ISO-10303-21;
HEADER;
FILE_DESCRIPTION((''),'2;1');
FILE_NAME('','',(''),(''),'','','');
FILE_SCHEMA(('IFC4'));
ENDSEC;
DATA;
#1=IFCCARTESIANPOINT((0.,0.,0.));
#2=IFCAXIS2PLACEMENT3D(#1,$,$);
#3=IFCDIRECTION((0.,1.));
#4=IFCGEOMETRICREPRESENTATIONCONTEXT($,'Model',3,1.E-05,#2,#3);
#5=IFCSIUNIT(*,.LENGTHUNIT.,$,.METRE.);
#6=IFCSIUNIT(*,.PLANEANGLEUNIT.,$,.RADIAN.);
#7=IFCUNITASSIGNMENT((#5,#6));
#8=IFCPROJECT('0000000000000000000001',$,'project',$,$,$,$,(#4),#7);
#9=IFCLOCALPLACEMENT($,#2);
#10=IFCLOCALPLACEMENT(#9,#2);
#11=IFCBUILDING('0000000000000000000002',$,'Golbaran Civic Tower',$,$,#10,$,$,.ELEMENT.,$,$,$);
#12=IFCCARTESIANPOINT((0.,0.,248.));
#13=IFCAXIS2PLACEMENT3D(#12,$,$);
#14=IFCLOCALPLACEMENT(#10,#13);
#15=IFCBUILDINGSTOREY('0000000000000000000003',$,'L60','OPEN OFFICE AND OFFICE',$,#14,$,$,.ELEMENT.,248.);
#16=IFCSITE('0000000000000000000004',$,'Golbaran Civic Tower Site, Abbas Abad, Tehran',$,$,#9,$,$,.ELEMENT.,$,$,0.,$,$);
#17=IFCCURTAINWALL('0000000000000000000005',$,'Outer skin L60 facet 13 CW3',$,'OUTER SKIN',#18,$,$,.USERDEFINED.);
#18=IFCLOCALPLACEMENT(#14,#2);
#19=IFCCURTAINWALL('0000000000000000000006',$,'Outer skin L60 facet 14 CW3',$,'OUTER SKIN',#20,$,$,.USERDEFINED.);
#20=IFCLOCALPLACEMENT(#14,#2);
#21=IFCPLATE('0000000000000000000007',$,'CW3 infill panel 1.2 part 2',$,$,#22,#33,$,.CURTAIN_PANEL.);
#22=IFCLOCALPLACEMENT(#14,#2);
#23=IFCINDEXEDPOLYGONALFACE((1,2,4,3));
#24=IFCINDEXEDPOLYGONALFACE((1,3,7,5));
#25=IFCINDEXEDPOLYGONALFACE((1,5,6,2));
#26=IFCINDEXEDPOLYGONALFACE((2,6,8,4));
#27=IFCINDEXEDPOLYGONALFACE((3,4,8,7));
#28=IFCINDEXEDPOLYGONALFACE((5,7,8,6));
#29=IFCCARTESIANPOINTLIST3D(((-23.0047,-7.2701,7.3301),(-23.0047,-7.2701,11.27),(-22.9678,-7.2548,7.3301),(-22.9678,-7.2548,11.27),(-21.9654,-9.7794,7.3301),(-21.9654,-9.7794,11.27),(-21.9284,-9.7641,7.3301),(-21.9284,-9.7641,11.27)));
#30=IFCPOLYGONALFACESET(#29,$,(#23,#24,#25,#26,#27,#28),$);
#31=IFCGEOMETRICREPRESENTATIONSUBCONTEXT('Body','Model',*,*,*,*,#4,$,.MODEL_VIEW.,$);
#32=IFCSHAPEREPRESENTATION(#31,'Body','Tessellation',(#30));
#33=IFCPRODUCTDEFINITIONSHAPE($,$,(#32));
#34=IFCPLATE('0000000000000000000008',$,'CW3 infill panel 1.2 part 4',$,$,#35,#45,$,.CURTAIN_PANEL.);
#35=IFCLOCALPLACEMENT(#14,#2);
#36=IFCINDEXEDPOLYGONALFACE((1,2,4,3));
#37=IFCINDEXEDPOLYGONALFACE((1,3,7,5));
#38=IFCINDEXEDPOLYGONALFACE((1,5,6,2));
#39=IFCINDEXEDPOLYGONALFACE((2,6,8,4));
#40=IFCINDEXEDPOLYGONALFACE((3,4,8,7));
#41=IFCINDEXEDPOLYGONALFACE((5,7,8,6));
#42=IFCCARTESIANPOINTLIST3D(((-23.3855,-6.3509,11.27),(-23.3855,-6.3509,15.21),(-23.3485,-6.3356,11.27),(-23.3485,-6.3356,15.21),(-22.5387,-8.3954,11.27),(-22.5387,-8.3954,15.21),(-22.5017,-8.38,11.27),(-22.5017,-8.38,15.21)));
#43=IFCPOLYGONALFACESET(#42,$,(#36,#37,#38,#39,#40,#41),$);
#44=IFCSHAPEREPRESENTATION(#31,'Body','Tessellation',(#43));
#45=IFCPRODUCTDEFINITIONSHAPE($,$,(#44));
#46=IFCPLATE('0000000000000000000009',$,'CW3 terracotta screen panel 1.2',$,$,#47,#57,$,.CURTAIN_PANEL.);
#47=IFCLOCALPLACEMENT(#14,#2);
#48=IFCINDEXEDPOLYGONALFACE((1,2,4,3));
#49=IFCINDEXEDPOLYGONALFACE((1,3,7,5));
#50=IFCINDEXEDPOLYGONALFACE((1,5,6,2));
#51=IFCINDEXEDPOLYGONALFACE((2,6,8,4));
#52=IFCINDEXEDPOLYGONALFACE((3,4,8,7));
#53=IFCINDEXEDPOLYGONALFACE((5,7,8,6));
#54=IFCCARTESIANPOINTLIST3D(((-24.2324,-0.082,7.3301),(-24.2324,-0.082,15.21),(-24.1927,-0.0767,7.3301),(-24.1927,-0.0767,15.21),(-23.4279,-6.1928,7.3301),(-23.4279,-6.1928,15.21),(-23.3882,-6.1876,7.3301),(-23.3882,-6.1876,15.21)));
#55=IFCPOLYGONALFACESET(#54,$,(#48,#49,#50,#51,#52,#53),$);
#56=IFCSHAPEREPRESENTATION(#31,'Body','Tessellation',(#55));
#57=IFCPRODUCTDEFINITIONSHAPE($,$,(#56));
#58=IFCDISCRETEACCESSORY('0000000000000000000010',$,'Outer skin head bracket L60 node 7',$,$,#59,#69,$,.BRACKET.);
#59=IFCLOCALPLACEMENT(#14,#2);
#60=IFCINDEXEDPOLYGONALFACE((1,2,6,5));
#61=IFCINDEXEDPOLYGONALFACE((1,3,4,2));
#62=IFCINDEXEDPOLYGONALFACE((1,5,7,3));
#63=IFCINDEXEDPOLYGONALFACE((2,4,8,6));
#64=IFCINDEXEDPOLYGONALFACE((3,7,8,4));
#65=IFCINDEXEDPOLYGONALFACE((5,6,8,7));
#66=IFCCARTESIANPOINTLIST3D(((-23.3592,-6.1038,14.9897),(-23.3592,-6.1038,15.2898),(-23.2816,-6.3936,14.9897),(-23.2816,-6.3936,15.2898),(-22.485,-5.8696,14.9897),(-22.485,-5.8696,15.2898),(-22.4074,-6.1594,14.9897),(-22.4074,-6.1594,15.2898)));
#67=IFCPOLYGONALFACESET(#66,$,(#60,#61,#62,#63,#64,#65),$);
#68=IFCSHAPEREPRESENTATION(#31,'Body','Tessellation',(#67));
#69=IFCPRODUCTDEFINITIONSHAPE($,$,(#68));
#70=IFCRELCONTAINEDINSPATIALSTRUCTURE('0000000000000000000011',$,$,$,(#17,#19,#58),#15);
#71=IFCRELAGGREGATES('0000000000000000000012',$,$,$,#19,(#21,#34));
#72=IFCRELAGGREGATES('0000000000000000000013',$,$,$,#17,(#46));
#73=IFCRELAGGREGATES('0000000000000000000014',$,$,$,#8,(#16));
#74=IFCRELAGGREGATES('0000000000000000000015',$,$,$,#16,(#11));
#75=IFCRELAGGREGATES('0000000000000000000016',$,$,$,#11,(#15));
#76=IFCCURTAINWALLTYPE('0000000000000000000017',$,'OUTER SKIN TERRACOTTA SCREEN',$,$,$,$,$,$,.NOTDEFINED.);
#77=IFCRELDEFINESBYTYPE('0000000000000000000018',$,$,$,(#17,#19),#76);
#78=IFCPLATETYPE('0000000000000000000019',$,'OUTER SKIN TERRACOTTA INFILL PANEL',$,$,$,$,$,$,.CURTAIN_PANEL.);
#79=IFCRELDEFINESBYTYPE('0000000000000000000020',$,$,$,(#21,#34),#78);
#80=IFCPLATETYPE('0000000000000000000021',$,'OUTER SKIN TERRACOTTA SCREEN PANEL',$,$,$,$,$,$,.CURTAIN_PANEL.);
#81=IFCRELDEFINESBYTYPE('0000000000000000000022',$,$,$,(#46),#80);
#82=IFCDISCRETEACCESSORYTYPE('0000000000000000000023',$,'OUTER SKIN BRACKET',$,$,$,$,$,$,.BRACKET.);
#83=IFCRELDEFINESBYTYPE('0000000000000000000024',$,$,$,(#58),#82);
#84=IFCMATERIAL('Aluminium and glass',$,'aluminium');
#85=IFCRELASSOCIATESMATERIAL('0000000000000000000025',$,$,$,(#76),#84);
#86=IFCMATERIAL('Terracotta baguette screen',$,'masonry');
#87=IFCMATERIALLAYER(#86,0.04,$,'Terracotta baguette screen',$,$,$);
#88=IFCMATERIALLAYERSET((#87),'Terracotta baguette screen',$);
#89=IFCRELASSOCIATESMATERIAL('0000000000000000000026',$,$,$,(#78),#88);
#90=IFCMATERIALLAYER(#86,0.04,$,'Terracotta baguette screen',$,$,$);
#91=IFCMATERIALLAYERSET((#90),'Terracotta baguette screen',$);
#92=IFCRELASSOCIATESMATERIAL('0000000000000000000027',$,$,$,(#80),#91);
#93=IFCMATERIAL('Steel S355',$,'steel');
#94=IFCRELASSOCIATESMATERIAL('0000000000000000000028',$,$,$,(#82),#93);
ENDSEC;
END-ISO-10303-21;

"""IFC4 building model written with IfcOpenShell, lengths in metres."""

from ifc_helpers import new_model, si_unit, direction, frame, origin, origin_2d, place, context, subcontext, project, spatial, rectangle, extrude, material, layer, layer_set, type_object, element, aggregate, save


model = new_model("IFC4")

# Units and contexts
model_context = context("Model", 3, precision=1e-05, world=origin(), true_north=direction((0.0, 1.0)))
body_context = subcontext(model_context, "Body", "Model", "MODEL_VIEW")
ifc_project = project(units=[si_unit("LENGTHUNIT", "METRE"), si_unit("PLANEANGLEUNIT", "RADIAN")], contexts=[model_context])

# Site, building, storey
site_placement = place(None, origin())
site = spatial("IfcSite", under=ifc_project, at=site_placement, Name="Golbaran Civic Tower Site, Abbas Abad, Tehran", CompositionType="ELEMENT", RefElevation=0.0)
building_placement = place(site_placement, origin())
building = spatial("IfcBuilding", under=site, at=building_placement, Name="Golbaran Civic Tower", CompositionType="ELEMENT")
storey_placement = place(building_placement, frame((0.0, 0.0, 248.0)))
storey = spatial("IfcBuildingStorey", under=building, at=storey_placement, Name="L60", Description="OPEN OFFICE AND OFFICE", CompositionType="ELEMENT", Elevation=248.0)

# Curtain walls
ifc_material_1 = material(Name="Aluminium and glass", Category="aluminium")
curtain_wall_type_1 = type_object("IfcCurtainWallType", Name="OUTER SKIN TERRACOTTA SCREEN", PredefinedType="NOTDEFINED", material=ifc_material_1)
curtain_wall_1_placement = place(storey_placement, origin())
curtain_wall_1 = element("IfcCurtainWall", 1, at=curtain_wall_1_placement, inside=storey, type_object=curtain_wall_type_1, Name="Outer skin L60 facet 13 CW3", ObjectType="OUTER SKIN", PredefinedType="USERDEFINED")
curtain_wall_2_placement = place(storey_placement, origin())
curtain_wall_2 = element("IfcCurtainWall", 2, at=curtain_wall_2_placement, inside=storey, type_object=curtain_wall_type_1, Name="Outer skin L60 facet 14 CW3", ObjectType="OUTER SKIN", PredefinedType="USERDEFINED")

# Plates
ifc_material_2 = material(Name="Terracotta baguette screen", Category="masonry")
ifc_layer_1 = layer(ifc_material_2, 0.04, Name="Terracotta baguette screen")
ifc_layer_set_1 = layer_set([ifc_layer_1], Name="Terracotta baguette screen")
plate_type_1 = type_object("IfcPlateType", Name="OUTER SKIN TERRACOTTA INFILL PANEL", PredefinedType="CURTAIN_PANEL", material=ifc_layer_set_1)
plate_1_placement = place(storey_placement, frame((-22.4666, -8.5171, 7.3301), z_axis=(0.0, 0.0, 1.0), x_axis=(0.382683, -0.92388, 0.0)))
plate_1 = element("IfcPlate", 3, at=plate_1_placement, type_object=plate_type_1, Name="CW3 infill panel 1.2 part 2", PredefinedType="CURTAIN_PANEL", context=body_context, shape_type="SweptSolid", body=[
    extrude(rectangle(XDim=2.7161, YDim=0.04, at=origin_2d()), origin(), (0.0, 0.0, 1.0), 3.9399),
])
plate_2_placement = place(storey_placement, frame((-22.9436, -7.3655, 11.27), z_axis=(0.0, 0.0, 1.0), x_axis=(0.382683, -0.92388, 0.0)))
plate_2 = element("IfcPlate", 4, at=plate_2_placement, type_object=plate_type_1, Name="CW3 infill panel 1.2 part 4", PredefinedType="CURTAIN_PANEL", context=body_context, shape_type="SweptSolid", body=[
    extrude(rectangle(XDim=2.2129, YDim=0.04, at=origin_2d()), origin(), (0.0, 0.0, 1.0), 3.9399),
])
aggregate(curtain_wall_2, [plate_1, plate_2])
ifc_layer_2 = layer(ifc_material_2, 0.04, Name="Terracotta baguette screen")
ifc_layer_set_2 = layer_set([ifc_layer_2], Name="Terracotta baguette screen")
plate_type_2 = type_object("IfcPlateType", Name="OUTER SKIN TERRACOTTA SCREEN PANEL", PredefinedType="CURTAIN_PANEL", material=ifc_layer_set_2)
plate_3_placement = place(storey_placement, frame((-23.8103, -3.1348, 7.3301), z_axis=(0.0, 0.0, 1.0), x_axis=(0.130526, -0.991445, 0.0)))
plate_3 = element("IfcPlate", 5, at=plate_3_placement, type_object=plate_type_2, Name="CW3 terracotta screen panel 1.2", PredefinedType="CURTAIN_PANEL", context=body_context, shape_type="SweptSolid", body=[
    extrude(rectangle(XDim=6.1636, YDim=0.04, at=origin_2d()), origin(), (0.0, 0.0, 1.0), 7.8799),
])
aggregate(curtain_wall_1, [plate_3])

# Discrete accessory
ifc_material_3 = material(Name="Steel S355", Category="steel")
discrete_accessory_type = type_object("IfcDiscreteAccessoryType", Name="OUTER SKIN BRACKET", PredefinedType="BRACKET", material=ifc_material_3)
discrete_accessory_placement = place(storey_placement, frame((-22.8833, -6.1316, 14.9897), z_axis=(0.0, 0.0, 1.0), x_axis=(-0.965926, -0.258819, 0.0)))
element("IfcDiscreteAccessory", 6, at=discrete_accessory_placement, inside=storey, type_object=discrete_accessory_type, Name="Outer skin head bracket L60 node 7", PredefinedType="BRACKET", context=body_context, shape_type="SweptSolid", body=[
    extrude(rectangle(XDim=0.905, YDim=0.3, at=origin_2d()), origin(), (0.0, 0.0, 1.0), 0.3),
])

save(model, "model.ifc")
